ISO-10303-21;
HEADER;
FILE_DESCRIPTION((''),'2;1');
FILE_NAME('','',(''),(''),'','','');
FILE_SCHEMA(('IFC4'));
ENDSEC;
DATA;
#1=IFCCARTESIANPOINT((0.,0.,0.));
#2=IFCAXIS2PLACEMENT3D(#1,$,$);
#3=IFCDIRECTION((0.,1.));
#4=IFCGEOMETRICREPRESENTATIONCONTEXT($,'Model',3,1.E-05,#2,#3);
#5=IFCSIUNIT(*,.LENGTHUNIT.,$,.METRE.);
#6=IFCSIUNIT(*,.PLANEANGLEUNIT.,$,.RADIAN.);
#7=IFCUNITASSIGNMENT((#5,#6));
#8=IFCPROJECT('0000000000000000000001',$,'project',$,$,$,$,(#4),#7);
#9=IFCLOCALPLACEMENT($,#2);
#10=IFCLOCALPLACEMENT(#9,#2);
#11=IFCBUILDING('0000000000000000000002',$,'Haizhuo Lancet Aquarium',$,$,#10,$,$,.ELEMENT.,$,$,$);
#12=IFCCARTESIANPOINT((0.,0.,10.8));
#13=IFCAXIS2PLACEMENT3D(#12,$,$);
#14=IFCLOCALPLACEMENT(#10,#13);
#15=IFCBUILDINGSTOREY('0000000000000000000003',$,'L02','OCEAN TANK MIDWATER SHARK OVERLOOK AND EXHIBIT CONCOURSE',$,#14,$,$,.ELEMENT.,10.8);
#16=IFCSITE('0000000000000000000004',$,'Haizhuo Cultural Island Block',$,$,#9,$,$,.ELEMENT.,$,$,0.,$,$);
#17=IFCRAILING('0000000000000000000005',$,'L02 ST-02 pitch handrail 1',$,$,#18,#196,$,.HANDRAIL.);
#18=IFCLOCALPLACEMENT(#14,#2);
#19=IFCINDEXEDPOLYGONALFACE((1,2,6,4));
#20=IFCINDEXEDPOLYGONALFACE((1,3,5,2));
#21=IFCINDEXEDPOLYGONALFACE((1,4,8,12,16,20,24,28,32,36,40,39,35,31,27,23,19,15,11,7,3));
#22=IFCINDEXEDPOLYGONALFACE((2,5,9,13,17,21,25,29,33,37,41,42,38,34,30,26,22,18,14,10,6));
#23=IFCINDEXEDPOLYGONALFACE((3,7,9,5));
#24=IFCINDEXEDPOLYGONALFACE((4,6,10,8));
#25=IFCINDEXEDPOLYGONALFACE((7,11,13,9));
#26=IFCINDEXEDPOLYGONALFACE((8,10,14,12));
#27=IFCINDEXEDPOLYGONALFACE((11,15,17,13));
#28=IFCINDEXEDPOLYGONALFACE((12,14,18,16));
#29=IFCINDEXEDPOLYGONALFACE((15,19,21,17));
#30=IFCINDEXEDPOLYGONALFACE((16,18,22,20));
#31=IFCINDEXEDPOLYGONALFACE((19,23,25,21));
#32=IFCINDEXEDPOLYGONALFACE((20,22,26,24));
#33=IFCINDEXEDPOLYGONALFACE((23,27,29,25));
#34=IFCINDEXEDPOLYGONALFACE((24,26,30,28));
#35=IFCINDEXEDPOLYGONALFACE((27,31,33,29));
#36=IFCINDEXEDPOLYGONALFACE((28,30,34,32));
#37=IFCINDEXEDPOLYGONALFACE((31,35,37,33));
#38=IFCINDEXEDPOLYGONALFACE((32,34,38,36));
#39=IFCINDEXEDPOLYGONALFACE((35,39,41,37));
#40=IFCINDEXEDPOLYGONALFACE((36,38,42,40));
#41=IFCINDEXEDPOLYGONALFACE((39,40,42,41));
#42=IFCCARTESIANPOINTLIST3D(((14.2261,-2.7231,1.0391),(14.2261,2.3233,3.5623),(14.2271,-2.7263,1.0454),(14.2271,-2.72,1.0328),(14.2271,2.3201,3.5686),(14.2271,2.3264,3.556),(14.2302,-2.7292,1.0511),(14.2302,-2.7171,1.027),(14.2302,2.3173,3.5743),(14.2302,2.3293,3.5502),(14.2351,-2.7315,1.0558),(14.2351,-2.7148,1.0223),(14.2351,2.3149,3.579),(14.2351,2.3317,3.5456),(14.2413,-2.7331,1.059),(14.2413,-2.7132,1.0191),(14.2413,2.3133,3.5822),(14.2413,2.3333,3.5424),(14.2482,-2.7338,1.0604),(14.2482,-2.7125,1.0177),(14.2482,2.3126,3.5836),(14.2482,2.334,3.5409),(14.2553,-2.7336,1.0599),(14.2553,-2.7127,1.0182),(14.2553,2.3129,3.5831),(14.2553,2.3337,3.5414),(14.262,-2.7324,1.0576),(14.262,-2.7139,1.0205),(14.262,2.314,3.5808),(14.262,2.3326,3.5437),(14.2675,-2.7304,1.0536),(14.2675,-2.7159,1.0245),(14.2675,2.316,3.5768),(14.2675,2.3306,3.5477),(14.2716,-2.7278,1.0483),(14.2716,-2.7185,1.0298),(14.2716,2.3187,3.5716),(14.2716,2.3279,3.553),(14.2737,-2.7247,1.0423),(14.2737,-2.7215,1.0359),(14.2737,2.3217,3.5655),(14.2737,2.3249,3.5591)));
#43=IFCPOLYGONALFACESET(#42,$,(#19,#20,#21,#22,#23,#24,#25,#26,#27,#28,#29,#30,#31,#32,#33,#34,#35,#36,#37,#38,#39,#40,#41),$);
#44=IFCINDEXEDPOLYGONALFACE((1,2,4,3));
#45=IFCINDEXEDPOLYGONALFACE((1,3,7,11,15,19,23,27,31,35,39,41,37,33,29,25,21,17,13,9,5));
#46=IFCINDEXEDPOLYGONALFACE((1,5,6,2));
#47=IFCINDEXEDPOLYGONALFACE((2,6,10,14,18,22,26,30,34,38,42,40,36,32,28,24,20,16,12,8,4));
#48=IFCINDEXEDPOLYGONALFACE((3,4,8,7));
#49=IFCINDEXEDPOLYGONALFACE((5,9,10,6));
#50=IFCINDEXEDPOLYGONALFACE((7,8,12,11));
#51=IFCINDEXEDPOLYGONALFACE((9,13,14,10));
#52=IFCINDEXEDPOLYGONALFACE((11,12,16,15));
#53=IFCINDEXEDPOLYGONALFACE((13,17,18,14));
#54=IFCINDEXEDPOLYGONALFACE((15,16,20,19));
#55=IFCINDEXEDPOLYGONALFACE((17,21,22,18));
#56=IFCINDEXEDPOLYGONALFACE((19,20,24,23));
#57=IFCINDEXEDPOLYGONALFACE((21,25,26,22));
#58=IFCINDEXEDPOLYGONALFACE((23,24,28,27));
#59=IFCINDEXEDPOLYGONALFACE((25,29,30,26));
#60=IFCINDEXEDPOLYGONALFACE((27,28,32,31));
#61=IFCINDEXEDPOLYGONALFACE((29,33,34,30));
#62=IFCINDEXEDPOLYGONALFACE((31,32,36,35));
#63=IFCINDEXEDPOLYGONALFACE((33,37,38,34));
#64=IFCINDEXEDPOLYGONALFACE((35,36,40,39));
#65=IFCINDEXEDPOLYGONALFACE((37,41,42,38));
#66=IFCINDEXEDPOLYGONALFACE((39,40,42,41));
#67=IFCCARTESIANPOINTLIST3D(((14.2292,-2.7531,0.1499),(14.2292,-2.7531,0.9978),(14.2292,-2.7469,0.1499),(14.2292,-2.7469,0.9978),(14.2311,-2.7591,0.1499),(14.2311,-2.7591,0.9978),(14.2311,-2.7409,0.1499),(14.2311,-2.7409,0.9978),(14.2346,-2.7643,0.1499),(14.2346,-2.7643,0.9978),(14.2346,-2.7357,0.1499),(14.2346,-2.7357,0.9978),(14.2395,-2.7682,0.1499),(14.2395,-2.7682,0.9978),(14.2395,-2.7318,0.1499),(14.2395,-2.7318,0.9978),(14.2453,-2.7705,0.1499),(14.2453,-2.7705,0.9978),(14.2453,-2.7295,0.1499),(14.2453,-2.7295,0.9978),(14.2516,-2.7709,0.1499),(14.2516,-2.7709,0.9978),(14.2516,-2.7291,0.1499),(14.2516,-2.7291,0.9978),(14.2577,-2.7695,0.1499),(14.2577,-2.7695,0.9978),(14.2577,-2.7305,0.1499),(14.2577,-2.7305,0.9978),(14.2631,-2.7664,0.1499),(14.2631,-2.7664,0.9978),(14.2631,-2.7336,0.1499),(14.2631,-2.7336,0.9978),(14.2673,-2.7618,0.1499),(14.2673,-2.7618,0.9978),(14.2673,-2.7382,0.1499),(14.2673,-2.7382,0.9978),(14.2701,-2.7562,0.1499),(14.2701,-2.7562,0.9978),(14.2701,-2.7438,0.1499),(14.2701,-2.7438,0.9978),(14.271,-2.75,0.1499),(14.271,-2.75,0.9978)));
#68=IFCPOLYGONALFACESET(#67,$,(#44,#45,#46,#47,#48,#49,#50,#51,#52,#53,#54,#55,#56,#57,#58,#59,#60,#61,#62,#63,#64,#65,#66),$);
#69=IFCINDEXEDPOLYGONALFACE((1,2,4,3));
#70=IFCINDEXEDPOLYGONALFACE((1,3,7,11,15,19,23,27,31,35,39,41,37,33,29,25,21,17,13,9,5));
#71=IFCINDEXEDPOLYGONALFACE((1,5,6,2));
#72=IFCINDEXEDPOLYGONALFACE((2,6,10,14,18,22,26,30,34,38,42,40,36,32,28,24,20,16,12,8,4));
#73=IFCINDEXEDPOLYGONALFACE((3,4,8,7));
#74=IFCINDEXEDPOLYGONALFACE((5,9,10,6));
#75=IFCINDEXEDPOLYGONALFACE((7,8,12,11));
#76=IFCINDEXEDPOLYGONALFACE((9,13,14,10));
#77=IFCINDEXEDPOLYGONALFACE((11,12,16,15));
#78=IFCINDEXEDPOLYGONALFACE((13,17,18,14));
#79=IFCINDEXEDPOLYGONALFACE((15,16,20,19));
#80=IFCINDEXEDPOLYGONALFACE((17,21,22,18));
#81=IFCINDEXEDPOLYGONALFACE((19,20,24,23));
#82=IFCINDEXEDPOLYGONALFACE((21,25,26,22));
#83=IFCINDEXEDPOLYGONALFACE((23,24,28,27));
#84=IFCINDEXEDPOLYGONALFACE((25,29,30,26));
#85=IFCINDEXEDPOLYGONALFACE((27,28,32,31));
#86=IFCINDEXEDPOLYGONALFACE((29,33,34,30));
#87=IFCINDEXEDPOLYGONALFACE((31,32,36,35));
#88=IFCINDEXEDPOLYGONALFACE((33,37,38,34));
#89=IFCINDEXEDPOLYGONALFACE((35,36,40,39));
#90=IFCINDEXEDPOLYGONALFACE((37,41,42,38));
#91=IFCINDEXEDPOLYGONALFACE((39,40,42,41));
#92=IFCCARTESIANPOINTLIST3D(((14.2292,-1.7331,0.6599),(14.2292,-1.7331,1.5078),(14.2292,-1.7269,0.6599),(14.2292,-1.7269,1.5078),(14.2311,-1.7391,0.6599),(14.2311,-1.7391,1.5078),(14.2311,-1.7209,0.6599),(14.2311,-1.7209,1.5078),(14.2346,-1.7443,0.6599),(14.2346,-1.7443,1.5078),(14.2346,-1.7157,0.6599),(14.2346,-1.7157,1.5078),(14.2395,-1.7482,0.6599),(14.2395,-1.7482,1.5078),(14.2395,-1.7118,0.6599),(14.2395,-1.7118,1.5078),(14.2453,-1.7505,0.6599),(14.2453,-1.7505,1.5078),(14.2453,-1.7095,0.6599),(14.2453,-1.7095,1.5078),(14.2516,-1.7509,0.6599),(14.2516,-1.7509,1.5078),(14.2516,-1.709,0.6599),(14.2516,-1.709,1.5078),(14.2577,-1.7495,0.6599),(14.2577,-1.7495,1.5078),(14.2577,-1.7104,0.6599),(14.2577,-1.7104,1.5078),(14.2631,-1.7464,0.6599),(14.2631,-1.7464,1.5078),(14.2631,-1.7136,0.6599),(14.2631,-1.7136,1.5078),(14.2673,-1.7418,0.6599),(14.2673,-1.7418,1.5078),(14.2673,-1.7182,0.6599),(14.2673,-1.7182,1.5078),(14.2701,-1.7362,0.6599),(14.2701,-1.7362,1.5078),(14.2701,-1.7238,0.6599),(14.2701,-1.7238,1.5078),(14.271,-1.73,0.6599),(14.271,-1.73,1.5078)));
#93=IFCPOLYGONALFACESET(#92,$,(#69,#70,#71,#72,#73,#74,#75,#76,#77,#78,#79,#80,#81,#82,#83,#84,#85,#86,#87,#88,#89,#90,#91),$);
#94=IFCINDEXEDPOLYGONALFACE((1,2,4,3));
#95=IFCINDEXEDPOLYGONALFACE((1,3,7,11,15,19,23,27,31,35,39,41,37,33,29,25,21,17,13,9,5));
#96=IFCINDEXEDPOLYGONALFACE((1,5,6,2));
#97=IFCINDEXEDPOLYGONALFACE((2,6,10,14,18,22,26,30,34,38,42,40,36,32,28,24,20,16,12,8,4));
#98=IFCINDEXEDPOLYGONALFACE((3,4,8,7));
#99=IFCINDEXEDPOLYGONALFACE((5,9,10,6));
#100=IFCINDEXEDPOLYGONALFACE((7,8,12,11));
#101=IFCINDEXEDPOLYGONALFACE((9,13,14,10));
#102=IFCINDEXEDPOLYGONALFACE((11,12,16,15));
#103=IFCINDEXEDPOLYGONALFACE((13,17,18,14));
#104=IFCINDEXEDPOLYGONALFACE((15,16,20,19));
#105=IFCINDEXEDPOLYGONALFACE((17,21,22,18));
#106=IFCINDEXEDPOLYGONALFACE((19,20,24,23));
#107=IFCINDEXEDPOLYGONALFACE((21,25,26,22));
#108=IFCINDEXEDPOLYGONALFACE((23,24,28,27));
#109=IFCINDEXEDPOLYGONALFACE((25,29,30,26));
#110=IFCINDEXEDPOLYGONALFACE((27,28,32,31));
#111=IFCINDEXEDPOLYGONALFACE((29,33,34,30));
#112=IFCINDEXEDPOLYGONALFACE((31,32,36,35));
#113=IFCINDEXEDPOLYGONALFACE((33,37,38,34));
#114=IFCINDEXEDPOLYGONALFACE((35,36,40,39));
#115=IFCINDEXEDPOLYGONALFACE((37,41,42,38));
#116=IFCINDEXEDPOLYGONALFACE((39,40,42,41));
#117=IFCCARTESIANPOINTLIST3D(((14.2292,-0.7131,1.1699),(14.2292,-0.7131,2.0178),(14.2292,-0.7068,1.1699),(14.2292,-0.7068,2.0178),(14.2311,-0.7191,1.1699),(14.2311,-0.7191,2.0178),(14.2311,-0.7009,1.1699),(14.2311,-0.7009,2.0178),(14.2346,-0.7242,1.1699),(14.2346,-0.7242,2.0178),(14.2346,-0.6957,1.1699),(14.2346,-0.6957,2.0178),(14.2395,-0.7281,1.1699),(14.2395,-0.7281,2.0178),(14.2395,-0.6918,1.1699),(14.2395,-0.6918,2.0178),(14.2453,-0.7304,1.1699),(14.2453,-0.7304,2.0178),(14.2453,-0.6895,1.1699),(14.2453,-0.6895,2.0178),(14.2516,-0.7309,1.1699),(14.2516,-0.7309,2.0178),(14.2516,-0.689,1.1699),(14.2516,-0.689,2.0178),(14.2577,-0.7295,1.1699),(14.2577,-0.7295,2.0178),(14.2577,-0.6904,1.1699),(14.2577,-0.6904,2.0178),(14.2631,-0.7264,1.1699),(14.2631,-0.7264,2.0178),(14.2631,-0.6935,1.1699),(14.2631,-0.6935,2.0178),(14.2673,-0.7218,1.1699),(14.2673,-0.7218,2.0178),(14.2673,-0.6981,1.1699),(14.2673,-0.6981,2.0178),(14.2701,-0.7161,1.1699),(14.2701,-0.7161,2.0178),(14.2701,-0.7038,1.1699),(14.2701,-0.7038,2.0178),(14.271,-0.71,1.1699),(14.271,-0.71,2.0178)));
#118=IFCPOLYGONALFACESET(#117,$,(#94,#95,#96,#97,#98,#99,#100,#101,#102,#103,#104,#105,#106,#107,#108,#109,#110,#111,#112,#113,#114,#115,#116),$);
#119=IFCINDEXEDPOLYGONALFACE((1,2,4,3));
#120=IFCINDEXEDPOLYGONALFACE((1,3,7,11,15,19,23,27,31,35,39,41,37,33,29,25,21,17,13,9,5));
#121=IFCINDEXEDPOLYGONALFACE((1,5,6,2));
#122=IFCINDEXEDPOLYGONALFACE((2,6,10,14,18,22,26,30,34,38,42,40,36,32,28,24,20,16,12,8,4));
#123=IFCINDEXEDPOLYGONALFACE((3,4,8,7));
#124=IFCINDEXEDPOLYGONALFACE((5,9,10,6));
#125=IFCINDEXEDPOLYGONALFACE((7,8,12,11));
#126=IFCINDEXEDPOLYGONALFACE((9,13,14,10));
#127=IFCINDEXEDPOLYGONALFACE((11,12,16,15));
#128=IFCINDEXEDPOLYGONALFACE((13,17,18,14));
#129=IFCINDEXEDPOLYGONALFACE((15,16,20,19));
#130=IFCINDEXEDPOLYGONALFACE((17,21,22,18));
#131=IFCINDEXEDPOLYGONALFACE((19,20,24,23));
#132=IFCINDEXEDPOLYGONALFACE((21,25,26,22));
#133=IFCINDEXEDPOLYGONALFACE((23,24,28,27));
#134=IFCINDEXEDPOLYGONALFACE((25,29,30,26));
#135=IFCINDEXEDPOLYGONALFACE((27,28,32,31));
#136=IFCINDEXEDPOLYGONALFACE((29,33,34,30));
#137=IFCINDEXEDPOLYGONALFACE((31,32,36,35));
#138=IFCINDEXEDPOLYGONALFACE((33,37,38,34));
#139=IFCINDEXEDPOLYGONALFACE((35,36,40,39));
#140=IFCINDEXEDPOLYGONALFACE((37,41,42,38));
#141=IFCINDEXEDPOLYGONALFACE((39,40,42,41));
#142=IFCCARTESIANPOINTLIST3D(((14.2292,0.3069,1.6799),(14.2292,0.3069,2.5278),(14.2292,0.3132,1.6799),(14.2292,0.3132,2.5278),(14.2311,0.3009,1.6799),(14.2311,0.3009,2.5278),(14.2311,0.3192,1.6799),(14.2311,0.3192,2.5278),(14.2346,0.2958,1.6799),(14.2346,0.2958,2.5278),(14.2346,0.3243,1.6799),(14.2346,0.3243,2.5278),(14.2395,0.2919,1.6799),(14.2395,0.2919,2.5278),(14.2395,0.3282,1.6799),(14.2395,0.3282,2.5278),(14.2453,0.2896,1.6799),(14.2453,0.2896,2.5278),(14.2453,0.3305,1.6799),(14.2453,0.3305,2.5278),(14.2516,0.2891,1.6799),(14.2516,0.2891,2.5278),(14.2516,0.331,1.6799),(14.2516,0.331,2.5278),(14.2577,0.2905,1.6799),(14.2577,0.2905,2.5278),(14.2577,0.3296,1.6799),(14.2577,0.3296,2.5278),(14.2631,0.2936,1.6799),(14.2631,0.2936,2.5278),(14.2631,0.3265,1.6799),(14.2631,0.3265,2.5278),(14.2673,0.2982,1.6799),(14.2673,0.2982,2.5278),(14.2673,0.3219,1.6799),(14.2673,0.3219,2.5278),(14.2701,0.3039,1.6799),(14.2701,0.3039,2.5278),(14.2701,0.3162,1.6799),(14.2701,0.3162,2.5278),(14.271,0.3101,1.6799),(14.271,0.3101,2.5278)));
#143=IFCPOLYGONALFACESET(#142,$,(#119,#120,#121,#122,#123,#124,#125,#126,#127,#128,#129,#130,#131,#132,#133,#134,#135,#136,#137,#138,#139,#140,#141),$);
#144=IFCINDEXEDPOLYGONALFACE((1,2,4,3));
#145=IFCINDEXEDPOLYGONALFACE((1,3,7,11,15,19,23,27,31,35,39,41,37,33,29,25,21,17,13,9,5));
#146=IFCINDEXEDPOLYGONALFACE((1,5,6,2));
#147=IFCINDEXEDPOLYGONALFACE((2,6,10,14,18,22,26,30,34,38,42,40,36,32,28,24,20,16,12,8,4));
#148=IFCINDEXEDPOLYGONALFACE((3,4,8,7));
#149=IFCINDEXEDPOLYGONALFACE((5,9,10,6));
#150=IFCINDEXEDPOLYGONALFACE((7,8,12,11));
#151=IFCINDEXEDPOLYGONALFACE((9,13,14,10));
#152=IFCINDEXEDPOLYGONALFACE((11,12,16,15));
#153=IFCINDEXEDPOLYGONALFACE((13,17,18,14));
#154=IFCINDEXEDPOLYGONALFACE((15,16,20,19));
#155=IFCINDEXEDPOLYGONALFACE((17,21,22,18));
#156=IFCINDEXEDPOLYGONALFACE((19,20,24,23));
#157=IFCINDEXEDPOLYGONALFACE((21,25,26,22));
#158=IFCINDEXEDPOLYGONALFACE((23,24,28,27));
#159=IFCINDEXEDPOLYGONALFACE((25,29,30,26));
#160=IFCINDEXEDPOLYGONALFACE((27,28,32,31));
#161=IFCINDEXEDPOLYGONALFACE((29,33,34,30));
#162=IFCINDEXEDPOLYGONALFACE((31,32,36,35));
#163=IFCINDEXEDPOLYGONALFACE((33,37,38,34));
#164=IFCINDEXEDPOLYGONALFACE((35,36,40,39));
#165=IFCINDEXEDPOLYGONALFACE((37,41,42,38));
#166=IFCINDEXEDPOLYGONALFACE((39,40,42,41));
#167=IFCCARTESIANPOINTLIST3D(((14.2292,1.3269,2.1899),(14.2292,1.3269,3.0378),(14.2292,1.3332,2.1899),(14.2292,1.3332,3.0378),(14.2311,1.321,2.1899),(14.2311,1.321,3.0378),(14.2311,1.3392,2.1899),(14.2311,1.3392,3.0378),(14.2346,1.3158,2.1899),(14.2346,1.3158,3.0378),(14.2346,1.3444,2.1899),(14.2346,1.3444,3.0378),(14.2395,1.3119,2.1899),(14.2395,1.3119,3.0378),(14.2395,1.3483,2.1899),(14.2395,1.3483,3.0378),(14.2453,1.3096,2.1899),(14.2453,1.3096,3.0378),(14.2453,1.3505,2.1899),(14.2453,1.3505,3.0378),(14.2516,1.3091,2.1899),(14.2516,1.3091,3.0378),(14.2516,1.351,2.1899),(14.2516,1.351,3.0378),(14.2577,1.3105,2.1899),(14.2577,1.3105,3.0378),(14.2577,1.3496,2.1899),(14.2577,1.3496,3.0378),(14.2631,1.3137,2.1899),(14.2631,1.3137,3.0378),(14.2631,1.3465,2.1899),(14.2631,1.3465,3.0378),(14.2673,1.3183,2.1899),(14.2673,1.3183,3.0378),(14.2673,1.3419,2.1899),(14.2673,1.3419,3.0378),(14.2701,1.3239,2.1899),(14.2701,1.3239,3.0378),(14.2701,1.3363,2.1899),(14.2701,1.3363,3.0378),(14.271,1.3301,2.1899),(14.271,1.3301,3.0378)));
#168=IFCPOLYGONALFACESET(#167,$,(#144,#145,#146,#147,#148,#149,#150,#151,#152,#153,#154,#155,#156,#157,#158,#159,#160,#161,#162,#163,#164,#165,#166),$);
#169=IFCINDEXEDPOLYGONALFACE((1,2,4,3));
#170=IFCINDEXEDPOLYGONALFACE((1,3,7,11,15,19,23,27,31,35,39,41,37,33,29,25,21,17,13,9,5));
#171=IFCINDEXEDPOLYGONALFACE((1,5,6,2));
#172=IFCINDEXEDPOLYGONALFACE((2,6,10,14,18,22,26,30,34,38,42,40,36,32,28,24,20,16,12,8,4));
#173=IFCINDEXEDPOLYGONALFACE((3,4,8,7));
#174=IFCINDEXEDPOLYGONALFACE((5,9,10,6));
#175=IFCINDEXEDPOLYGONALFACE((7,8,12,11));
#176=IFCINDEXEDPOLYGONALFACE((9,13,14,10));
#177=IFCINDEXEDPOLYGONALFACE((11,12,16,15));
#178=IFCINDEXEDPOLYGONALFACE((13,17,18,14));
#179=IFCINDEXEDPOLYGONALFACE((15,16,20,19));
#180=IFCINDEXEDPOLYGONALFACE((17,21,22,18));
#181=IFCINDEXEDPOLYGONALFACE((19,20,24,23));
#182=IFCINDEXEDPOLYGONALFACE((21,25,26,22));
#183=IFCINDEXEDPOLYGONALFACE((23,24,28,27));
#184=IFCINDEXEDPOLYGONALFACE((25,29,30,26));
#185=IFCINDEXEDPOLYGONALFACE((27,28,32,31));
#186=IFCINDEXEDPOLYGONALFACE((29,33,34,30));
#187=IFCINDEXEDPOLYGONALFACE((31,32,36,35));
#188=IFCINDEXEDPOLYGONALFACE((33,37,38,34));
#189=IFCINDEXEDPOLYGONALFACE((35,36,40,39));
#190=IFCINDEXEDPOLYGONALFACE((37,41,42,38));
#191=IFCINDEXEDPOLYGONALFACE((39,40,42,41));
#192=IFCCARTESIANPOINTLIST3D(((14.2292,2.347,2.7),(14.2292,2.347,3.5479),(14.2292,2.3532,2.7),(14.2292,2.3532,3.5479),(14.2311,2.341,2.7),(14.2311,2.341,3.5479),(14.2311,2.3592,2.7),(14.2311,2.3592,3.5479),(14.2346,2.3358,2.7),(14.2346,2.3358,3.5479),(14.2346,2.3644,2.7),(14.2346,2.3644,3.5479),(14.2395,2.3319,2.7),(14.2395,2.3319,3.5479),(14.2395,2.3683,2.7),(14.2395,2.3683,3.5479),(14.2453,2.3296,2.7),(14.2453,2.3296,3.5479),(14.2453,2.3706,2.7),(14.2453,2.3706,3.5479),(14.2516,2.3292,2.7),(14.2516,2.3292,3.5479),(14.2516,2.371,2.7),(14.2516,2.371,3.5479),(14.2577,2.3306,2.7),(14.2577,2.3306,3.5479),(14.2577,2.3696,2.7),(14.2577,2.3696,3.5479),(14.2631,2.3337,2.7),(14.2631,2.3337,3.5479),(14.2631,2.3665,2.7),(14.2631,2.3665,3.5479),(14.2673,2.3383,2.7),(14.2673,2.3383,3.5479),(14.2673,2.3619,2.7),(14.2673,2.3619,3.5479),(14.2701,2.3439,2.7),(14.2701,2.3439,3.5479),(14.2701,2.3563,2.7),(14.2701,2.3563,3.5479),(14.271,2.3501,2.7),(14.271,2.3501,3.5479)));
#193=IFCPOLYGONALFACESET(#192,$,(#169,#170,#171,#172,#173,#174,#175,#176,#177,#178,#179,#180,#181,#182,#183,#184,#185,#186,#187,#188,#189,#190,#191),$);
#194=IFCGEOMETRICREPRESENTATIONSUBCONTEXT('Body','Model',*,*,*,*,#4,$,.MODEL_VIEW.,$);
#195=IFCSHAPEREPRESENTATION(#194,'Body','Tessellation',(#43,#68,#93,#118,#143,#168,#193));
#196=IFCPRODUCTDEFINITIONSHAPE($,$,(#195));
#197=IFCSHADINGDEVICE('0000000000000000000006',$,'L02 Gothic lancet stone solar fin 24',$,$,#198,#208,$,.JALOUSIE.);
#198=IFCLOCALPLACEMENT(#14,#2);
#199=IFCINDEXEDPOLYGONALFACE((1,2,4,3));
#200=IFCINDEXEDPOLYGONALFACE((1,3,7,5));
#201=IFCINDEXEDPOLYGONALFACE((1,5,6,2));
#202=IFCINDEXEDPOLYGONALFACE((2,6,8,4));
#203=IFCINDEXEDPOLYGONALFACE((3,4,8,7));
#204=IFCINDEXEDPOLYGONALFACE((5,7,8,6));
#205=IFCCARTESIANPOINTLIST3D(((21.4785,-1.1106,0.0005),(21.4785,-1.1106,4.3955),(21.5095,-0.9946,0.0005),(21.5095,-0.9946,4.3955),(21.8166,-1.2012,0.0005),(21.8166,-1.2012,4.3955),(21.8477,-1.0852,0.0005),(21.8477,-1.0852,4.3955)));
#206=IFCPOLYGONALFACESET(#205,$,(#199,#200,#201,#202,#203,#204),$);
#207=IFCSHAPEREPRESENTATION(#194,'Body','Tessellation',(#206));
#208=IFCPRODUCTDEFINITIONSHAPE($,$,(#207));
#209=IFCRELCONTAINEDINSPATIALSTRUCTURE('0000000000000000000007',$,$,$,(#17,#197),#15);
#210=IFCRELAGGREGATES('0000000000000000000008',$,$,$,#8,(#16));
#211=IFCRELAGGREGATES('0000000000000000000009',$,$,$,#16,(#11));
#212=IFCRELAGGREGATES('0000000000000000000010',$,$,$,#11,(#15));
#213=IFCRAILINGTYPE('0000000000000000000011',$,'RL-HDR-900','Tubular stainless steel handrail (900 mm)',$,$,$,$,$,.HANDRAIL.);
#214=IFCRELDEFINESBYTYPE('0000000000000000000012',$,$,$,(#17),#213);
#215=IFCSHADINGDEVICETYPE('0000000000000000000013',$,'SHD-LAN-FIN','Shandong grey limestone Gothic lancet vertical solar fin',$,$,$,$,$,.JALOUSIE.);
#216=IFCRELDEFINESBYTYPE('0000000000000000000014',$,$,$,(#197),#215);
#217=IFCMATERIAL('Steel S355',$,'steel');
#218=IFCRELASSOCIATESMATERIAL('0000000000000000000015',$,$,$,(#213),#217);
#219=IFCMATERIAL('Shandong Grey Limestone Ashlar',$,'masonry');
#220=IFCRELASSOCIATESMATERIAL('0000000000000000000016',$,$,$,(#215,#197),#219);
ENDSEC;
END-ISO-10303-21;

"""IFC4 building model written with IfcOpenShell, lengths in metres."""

from ifc_helpers import new_model, si_unit, direction, frame, origin, origin_2d, place, context, subcontext, project, spatial, rectangle, circle, extrude, material, type_object, element, save


model = new_model("IFC4")

# Units and contexts
model_context = context("Model", 3, precision=1e-05, world=origin(), true_north=direction((0.0, 1.0)))
body_context = subcontext(model_context, "Body", "Model", "MODEL_VIEW")
ifc_project = project(units=[si_unit("LENGTHUNIT", "METRE"), si_unit("PLANEANGLEUNIT", "RADIAN")], contexts=[model_context])

# Site, building, storey
site_placement = place(None, origin())
site = spatial("IfcSite", under=ifc_project, at=site_placement, Name="Haizhuo Cultural Island Block", CompositionType="ELEMENT", RefElevation=0.0)
building_placement = place(site_placement, origin())
building = spatial("IfcBuilding", under=site, at=building_placement, Name="Haizhuo Lancet Aquarium", CompositionType="ELEMENT")
storey_placement = place(building_placement, frame((0.0, 0.0, 10.8)))
storey = spatial("IfcBuildingStorey", under=building, at=storey_placement, Name="L02", Description="OCEAN TANK MIDWATER SHARK OVERLOOK AND EXHIBIT CONCOURSE", CompositionType="ELEMENT", Elevation=10.8)

# Shared definitions
ifc_material_1 = material(Name="Steel S355", Category="steel")

# Shared definitions
ifc_material_2 = material(Name="Shandong Grey Limestone Ashlar", Category="masonry")

# Railing
railing_type_1 = type_object("IfcRailingType", Name="RL-HDR-900", Description="Tubular stainless steel handrail (900 mm)", PredefinedType="HANDRAIL", material=ifc_material_1)
railing_1_placement = place(storey_placement, frame((14.25, -2.75, 0.1499)))
element("IfcRailing", 1, at=railing_1_placement, inside=storey, type_object=railing_type_1, Name="L02 ST-02 pitch handrail 1", PredefinedType="HANDRAIL", context=body_context, shape_type="SweptSolid", body=[
    extrude(circle(Radius=0.0239, at=origin_2d()), frame((0.0, 0.0269, 0.8892), z_axis=(0.0, 0.894427, 0.447214), x_axis=(-1.0, 0.0, 0.0)), (0.0, 0.0, 1.0), 5.6421),
    extrude(circle(Radius=0.021, at=origin_2d()), origin(), (0.0, 0.0, 1.0), 0.8479),
    extrude(circle(Radius=0.021, at=origin_2d()), frame((0.0, 1.02, 0.51)), (0.0, 0.0, 1.0), 0.8479),
    extrude(circle(Radius=0.021, at=origin_2d()), frame((0.0, 2.04, 1.02)), (0.0, 0.0, 1.0), 0.8479),
    extrude(circle(Radius=0.021, at=origin_2d()), frame((0.0, 3.0601, 1.53)), (0.0, 0.0, 1.0), 0.8479),
    extrude(circle(Radius=0.021, at=origin_2d()), frame((0.0, 4.0801, 2.04)), (0.0, 0.0, 1.0), 0.8479),
    extrude(circle(Radius=0.021, at=origin_2d()), frame((0.0, 5.1001, 2.55)), (0.0, 0.0, 1.0), 0.8479),
])

# Shading device
shading_device_type = type_object("IfcShadingDeviceType", Name="SHD-LAN-FIN", Description="Shandong grey limestone Gothic lancet vertical solar fin", PredefinedType="JALOUSIE", material=ifc_material_2)
shading_device_placement = place(storey_placement, frame((21.6631, -1.0979, 0.0005), z_axis=(0.0, 0.0, 1.0), x_axis=(-0.258794, -0.965933, 0.0)))
element("IfcShadingDevice", 2, at=shading_device_placement, inside=storey, type_object=shading_device_type, material=ifc_material_2, Name="L02 Gothic lancet stone solar fin 24", PredefinedType="JALOUSIE", context=body_context, shape_type="SweptSolid", body=[
    extrude(rectangle(XDim=0.1201, YDim=0.3501, at=origin_2d()), origin(), (0.0, 0.0, 1.0), 4.395),
])

save(model, "model.ifc")
